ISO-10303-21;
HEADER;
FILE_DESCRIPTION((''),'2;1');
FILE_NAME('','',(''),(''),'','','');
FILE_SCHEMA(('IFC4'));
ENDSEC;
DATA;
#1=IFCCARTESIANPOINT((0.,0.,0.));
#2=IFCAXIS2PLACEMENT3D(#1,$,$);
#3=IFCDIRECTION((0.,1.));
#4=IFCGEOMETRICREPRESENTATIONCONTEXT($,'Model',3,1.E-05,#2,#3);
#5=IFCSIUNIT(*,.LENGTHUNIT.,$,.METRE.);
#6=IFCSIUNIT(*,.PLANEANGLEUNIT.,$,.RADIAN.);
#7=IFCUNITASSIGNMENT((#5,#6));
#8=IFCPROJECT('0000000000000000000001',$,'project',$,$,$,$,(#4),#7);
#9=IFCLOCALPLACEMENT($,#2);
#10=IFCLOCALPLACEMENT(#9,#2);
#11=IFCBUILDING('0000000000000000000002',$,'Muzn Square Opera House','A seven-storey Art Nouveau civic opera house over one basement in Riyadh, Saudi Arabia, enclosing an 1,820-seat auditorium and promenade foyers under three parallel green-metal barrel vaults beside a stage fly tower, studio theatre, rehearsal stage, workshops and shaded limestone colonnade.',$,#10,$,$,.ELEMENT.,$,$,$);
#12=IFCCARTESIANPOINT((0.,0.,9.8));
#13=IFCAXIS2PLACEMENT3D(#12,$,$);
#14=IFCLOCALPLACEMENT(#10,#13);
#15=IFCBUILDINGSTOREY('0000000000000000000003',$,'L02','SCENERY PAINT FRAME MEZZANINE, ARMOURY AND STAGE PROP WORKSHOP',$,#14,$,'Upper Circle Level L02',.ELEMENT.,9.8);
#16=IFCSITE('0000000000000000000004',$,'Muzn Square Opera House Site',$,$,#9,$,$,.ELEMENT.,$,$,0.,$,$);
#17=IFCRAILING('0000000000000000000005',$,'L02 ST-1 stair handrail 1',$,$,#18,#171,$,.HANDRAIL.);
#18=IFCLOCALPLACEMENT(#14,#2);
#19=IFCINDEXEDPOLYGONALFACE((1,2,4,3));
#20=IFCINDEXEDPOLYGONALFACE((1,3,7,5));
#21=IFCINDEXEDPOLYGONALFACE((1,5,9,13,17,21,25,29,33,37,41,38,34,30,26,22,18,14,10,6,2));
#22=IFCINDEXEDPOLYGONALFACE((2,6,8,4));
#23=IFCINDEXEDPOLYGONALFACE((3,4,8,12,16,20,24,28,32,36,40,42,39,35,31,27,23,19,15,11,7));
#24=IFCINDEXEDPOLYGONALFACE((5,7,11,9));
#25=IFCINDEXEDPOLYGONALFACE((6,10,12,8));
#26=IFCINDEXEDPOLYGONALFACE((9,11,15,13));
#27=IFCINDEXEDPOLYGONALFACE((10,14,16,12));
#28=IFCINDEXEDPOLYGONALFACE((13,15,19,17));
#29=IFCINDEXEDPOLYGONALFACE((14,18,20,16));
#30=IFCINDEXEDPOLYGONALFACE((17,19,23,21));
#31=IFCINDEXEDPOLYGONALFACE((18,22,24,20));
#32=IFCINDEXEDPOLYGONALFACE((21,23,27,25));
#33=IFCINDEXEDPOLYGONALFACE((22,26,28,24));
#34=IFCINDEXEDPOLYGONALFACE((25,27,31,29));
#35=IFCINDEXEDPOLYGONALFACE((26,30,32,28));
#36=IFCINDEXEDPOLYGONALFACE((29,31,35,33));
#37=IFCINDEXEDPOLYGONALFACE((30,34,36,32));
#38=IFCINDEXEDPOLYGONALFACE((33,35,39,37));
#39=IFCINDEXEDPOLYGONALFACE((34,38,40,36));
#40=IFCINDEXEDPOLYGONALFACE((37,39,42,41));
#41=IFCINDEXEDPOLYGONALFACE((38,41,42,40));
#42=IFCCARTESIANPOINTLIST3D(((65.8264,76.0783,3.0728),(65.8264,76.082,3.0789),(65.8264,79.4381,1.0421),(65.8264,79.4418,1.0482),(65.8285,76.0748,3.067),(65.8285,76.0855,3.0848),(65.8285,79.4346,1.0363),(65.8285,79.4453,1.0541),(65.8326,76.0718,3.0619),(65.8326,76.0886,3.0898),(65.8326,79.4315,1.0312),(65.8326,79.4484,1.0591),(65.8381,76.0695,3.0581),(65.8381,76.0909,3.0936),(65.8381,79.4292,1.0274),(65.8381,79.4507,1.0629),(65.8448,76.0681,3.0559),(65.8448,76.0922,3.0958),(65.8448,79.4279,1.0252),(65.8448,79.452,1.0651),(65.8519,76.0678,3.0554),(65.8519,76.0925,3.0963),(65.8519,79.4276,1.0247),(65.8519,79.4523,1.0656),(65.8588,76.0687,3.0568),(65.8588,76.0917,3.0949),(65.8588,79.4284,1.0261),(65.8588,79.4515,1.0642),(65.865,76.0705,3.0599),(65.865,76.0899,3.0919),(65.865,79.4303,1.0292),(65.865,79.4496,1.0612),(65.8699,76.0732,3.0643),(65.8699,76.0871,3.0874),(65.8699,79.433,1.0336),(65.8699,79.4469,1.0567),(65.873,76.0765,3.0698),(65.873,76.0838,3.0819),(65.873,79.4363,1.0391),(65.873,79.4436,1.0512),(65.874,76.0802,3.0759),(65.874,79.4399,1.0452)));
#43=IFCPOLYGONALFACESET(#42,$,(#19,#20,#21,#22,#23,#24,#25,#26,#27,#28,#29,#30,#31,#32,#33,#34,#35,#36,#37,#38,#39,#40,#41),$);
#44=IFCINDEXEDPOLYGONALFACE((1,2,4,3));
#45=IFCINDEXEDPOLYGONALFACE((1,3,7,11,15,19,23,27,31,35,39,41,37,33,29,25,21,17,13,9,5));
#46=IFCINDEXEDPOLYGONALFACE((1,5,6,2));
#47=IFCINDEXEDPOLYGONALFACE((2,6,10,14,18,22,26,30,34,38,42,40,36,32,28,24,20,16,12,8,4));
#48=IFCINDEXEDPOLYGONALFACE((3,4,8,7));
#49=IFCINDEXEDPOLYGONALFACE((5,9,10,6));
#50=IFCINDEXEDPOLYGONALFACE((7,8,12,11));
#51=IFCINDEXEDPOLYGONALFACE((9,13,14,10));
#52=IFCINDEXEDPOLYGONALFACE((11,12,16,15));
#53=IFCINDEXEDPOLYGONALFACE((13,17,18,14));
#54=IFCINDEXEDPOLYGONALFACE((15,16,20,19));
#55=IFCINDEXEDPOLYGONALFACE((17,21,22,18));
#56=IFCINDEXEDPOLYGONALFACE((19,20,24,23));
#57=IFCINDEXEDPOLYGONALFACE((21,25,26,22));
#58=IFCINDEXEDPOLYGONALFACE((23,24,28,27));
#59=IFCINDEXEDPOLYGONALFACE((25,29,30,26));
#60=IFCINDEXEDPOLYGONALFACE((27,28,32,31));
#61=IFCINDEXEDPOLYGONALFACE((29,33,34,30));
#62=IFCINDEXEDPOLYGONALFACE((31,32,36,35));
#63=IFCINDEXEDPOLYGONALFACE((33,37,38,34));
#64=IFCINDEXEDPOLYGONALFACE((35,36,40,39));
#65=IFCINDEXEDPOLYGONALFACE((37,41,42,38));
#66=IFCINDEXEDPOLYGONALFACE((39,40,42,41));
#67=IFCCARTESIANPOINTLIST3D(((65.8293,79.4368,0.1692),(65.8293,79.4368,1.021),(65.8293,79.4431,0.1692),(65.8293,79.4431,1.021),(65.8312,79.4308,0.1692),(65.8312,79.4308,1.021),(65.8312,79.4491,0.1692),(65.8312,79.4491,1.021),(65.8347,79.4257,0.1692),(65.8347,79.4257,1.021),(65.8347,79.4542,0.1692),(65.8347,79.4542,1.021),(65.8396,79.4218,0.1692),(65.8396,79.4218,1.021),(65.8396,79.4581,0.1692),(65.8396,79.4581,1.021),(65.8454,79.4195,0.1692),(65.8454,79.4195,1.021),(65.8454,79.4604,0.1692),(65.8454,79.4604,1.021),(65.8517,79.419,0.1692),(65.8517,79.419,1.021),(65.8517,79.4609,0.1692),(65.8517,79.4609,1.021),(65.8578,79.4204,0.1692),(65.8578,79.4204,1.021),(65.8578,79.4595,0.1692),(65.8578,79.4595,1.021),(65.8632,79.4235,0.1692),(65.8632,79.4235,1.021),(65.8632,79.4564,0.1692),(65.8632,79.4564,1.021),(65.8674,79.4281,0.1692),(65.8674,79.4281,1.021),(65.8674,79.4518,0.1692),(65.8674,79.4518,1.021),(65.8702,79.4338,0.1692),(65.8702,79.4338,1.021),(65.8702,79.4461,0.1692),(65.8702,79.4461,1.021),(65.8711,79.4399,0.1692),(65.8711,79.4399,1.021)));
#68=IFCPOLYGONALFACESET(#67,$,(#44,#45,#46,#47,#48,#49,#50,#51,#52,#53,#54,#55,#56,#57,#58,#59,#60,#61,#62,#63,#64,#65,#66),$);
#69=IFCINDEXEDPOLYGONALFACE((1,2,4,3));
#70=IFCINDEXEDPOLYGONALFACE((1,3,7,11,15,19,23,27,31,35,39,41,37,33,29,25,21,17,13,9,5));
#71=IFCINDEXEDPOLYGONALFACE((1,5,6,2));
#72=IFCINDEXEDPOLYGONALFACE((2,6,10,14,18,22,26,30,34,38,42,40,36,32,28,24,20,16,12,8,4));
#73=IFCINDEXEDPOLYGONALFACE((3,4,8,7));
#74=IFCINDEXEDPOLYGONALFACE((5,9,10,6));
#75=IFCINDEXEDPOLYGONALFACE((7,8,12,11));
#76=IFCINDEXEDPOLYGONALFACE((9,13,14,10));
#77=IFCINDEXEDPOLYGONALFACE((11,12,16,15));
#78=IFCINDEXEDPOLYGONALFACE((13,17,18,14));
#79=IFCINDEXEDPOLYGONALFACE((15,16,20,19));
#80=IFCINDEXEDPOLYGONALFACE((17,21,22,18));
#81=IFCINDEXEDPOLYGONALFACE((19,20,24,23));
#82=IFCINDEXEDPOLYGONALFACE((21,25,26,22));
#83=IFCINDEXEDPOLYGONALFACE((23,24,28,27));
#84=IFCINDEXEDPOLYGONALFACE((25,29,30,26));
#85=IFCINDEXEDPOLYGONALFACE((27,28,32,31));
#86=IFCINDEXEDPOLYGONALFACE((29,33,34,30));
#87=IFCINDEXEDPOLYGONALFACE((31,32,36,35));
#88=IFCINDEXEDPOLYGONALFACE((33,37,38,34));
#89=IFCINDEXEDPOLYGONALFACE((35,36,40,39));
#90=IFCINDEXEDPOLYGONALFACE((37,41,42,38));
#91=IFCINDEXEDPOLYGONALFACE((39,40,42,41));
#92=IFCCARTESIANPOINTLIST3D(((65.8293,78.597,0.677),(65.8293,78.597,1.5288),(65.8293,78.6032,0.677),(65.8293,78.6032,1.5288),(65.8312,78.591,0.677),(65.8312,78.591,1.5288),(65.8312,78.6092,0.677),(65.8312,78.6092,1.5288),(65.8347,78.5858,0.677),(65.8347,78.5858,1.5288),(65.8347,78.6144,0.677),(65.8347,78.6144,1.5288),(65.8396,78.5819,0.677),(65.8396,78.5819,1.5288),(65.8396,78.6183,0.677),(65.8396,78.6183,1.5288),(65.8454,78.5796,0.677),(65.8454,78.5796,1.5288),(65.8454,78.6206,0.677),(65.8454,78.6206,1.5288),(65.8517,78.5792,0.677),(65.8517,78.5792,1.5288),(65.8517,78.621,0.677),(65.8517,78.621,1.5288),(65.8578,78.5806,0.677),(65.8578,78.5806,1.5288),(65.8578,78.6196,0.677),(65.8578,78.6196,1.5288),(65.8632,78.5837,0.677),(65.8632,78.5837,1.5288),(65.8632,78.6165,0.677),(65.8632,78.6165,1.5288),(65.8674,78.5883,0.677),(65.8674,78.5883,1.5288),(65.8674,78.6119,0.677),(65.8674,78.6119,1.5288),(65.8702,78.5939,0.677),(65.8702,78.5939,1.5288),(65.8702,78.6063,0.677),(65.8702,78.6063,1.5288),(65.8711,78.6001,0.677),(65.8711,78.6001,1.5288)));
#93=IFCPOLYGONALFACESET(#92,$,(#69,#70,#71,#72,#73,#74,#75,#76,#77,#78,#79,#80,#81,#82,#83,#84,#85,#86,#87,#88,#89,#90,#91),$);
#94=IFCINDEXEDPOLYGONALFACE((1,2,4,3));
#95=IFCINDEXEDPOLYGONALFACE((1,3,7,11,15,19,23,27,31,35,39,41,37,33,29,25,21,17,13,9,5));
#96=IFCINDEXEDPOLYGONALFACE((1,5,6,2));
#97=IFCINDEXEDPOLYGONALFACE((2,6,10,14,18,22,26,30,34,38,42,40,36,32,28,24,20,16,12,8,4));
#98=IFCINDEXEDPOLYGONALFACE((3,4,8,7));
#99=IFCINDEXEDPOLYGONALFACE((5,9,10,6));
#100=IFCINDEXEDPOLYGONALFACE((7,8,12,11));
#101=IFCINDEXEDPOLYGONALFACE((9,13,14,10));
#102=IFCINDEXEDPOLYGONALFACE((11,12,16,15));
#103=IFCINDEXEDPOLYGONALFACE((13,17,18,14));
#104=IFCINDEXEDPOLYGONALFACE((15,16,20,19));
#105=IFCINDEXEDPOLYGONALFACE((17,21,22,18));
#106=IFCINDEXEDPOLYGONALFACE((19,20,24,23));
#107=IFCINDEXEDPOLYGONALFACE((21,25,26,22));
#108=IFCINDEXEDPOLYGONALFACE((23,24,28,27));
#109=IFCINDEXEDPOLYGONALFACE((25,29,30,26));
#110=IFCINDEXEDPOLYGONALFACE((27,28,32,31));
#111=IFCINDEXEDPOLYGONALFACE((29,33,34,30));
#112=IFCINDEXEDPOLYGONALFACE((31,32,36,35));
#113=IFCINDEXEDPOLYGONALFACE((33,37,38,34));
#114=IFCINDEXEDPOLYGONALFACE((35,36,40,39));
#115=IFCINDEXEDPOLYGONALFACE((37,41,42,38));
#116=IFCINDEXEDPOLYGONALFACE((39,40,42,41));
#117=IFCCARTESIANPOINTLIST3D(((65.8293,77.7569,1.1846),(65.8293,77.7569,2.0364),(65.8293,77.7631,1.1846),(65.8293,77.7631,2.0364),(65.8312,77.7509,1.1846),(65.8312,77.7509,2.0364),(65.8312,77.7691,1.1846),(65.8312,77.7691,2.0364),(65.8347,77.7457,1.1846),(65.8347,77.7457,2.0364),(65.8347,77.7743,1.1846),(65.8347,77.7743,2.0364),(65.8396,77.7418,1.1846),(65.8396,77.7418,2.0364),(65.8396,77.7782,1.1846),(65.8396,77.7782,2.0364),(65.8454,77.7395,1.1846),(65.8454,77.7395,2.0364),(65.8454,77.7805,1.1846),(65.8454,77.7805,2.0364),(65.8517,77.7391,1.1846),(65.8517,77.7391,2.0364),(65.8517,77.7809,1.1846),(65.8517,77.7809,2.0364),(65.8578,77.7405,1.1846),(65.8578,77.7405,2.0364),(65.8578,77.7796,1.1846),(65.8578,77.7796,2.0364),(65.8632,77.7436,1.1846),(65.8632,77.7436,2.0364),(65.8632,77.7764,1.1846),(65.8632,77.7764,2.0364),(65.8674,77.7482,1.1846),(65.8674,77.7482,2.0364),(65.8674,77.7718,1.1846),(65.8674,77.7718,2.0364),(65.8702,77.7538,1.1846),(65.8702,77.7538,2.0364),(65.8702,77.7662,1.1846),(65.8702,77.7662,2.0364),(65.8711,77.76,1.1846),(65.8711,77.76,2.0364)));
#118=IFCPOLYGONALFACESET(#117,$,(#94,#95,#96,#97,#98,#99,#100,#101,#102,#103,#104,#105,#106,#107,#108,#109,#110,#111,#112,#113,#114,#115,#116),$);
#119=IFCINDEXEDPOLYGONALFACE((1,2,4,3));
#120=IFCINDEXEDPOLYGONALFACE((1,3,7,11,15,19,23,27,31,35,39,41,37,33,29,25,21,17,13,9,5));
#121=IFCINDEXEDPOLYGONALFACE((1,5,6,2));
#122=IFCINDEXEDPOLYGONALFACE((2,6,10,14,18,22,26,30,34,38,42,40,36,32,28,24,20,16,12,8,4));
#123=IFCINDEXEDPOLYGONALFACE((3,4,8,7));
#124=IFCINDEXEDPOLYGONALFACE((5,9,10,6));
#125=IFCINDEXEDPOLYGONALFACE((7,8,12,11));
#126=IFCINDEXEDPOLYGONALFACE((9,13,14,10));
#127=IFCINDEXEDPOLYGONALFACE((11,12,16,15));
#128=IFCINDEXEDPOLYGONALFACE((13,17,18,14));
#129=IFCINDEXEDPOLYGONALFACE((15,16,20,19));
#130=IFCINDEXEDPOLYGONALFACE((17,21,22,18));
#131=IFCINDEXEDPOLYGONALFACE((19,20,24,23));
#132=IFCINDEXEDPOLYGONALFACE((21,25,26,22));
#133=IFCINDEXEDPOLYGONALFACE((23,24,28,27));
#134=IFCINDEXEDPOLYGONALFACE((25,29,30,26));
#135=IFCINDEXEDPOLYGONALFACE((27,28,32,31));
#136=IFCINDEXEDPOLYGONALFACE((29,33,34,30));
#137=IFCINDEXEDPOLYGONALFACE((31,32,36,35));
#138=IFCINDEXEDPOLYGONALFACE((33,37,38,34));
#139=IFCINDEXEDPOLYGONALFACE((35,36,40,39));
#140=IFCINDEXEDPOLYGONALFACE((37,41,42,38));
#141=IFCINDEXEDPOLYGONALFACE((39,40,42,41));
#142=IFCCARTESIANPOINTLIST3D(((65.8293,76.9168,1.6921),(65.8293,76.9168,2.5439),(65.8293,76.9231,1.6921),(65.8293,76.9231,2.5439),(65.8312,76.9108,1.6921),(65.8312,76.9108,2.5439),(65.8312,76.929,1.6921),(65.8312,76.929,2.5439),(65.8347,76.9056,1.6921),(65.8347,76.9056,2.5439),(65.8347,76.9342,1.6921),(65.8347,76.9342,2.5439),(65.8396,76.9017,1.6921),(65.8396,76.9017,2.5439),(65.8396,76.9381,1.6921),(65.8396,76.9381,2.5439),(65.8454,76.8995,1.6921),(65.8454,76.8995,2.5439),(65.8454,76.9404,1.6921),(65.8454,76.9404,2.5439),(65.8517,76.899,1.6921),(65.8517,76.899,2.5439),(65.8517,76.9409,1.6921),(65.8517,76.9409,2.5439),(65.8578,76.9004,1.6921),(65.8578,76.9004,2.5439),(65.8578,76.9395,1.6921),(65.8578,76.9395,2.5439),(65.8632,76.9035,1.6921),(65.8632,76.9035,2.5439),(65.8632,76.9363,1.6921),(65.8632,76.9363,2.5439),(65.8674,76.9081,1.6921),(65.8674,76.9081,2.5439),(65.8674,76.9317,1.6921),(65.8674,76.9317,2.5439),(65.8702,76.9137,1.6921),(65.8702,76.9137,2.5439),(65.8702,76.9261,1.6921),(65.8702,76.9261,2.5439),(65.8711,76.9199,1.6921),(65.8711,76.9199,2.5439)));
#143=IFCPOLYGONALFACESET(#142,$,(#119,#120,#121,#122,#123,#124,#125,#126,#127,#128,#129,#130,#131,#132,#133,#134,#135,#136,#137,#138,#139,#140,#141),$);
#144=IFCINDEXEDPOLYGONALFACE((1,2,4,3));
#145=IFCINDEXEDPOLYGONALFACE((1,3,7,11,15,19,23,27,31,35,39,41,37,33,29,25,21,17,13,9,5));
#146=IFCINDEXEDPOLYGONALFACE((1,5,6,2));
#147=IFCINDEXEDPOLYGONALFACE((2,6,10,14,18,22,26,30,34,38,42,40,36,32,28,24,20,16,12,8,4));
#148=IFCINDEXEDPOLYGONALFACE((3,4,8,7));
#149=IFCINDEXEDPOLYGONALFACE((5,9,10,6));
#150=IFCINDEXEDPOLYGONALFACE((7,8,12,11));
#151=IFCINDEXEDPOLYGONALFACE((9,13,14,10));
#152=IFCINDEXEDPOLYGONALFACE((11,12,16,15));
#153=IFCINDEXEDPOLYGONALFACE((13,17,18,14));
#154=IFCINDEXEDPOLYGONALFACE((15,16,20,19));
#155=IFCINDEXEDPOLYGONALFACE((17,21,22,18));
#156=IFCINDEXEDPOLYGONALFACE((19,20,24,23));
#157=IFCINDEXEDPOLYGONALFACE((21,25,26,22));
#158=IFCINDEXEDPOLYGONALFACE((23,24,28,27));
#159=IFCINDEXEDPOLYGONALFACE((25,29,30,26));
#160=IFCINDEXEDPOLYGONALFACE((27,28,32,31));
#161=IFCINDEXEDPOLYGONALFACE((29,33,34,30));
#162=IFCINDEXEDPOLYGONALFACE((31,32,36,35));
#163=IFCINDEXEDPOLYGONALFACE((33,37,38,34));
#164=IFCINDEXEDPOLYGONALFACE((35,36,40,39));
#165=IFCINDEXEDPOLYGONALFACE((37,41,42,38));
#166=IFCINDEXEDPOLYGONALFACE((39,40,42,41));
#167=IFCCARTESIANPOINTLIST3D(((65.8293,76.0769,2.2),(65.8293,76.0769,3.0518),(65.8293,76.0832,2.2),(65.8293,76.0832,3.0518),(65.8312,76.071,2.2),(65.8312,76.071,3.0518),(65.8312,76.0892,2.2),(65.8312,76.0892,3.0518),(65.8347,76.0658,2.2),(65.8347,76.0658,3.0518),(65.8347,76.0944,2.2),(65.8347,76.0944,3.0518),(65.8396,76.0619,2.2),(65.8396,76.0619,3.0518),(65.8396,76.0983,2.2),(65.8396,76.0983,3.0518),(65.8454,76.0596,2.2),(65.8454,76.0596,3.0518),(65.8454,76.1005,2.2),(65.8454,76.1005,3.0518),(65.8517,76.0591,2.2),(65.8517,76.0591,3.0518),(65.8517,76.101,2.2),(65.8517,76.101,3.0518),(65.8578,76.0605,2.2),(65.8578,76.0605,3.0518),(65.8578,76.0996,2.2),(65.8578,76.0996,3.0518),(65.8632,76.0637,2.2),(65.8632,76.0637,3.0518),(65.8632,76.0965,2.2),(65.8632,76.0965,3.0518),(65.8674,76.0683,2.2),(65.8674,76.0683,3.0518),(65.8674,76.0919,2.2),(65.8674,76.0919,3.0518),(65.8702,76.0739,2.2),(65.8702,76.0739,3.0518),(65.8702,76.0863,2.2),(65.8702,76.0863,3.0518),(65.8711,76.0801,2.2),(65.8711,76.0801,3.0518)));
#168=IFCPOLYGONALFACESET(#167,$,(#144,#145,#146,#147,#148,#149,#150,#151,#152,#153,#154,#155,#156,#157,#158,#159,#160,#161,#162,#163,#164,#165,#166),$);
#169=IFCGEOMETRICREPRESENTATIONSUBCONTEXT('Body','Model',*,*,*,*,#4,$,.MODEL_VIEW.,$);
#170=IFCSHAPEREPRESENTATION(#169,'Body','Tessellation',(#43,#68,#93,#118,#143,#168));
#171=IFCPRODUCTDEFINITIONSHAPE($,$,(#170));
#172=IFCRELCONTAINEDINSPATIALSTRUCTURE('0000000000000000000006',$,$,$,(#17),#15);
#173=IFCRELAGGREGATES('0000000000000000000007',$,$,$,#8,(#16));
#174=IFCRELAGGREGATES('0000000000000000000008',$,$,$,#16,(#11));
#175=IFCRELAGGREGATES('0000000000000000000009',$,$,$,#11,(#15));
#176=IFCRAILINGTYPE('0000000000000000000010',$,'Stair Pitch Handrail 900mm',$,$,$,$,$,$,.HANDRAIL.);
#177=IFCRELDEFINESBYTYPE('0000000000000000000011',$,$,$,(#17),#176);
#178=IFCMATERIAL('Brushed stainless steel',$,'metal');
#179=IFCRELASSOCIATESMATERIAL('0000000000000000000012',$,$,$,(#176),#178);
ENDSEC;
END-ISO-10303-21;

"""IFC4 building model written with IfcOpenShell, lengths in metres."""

from ifc_helpers import new_model, si_unit, direction, frame, origin, origin_2d, place, context, subcontext, project, spatial, circle, extrude, material, type_object, element, save


model = new_model("IFC4")

# Units and contexts
model_context = context("Model", 3, precision=1e-05, world=origin(), true_north=direction((0.0, 1.0)))
body_context = subcontext(model_context, "Body", "Model", "MODEL_VIEW")
ifc_project = project(units=[si_unit("LENGTHUNIT", "METRE"), si_unit("PLANEANGLEUNIT", "RADIAN")], contexts=[model_context])

# Site, building, storey
site_placement = place(None, origin())
site = spatial("IfcSite", under=ifc_project, at=site_placement, Name="Muzn Square Opera House Site", CompositionType="ELEMENT", RefElevation=0.0)
building_placement = place(site_placement, origin())
building = spatial("IfcBuilding", under=site, at=building_placement, Name="Muzn Square Opera House", Description="A seven-storey Art Nouveau civic opera house over one basement in Riyadh, Saudi Arabia, enclosing an 1,820-seat auditorium and promenade foyers under three parallel green-metal barrel vaults beside a stage fly tower, studio theatre, rehearsal stage, workshops and shaded limestone colonnade.", CompositionType="ELEMENT")
storey_placement = place(building_placement, frame((0.0, 0.0, 9.8)))
storey = spatial("IfcBuildingStorey", under=building, at=storey_placement, Name="L02", Description="SCENERY PAINT FRAME MEZZANINE, ARMOURY AND STAGE PROP WORKSHOP", LongName="Upper Circle Level L02", CompositionType="ELEMENT", Elevation=9.8)

# Railing
ifc_material_1 = material(Name="Brushed stainless steel", Category="metal")
railing_type_1 = type_object("IfcRailingType", Name="Stair Pitch Handrail 900mm", PredefinedType="HANDRAIL", material=ifc_material_1)
railing_1_placement = place(storey_placement, frame((65.8501, 79.4399, 0.1692)))
element("IfcRailing", 1, at=railing_1_placement, inside=storey, type_object=railing_type_1, Name="L02 ST-1 stair handrail 1", PredefinedType="HANDRAIL", context=body_context, shape_type="SweptSolid", body=[
    extrude(circle(Radius=0.0239, at=origin_2d()), frame((0.0, 0.0, 0.876), z_axis=(0.0, -0.85582, 0.517273), x_axis=(1.0, 0.0, 0.0)), (0.0, 0.0, 1.0), 3.9258),
    extrude(circle(Radius=0.021, at=origin_2d()), origin(), (0.0, 0.0, 1.0), 0.8518),
    extrude(circle(Radius=0.021, at=origin_2d()), frame((0.0, -0.8398, 0.5078)), (0.0, 0.0, 1.0), 0.8518),
    extrude(circle(Radius=0.021, at=origin_2d()), frame((0.0, -1.6799, 1.0154)), (0.0, 0.0, 1.0), 0.8518),
    extrude(circle(Radius=0.021, at=origin_2d()), frame((0.0, -2.52, 1.5229)), (0.0, 0.0, 1.0), 0.8518),
    extrude(circle(Radius=0.021, at=origin_2d()), frame((0.0, -3.3599, 2.0308)), (0.0, 0.0, 1.0), 0.8518),
])

save(model, "model.ifc")
